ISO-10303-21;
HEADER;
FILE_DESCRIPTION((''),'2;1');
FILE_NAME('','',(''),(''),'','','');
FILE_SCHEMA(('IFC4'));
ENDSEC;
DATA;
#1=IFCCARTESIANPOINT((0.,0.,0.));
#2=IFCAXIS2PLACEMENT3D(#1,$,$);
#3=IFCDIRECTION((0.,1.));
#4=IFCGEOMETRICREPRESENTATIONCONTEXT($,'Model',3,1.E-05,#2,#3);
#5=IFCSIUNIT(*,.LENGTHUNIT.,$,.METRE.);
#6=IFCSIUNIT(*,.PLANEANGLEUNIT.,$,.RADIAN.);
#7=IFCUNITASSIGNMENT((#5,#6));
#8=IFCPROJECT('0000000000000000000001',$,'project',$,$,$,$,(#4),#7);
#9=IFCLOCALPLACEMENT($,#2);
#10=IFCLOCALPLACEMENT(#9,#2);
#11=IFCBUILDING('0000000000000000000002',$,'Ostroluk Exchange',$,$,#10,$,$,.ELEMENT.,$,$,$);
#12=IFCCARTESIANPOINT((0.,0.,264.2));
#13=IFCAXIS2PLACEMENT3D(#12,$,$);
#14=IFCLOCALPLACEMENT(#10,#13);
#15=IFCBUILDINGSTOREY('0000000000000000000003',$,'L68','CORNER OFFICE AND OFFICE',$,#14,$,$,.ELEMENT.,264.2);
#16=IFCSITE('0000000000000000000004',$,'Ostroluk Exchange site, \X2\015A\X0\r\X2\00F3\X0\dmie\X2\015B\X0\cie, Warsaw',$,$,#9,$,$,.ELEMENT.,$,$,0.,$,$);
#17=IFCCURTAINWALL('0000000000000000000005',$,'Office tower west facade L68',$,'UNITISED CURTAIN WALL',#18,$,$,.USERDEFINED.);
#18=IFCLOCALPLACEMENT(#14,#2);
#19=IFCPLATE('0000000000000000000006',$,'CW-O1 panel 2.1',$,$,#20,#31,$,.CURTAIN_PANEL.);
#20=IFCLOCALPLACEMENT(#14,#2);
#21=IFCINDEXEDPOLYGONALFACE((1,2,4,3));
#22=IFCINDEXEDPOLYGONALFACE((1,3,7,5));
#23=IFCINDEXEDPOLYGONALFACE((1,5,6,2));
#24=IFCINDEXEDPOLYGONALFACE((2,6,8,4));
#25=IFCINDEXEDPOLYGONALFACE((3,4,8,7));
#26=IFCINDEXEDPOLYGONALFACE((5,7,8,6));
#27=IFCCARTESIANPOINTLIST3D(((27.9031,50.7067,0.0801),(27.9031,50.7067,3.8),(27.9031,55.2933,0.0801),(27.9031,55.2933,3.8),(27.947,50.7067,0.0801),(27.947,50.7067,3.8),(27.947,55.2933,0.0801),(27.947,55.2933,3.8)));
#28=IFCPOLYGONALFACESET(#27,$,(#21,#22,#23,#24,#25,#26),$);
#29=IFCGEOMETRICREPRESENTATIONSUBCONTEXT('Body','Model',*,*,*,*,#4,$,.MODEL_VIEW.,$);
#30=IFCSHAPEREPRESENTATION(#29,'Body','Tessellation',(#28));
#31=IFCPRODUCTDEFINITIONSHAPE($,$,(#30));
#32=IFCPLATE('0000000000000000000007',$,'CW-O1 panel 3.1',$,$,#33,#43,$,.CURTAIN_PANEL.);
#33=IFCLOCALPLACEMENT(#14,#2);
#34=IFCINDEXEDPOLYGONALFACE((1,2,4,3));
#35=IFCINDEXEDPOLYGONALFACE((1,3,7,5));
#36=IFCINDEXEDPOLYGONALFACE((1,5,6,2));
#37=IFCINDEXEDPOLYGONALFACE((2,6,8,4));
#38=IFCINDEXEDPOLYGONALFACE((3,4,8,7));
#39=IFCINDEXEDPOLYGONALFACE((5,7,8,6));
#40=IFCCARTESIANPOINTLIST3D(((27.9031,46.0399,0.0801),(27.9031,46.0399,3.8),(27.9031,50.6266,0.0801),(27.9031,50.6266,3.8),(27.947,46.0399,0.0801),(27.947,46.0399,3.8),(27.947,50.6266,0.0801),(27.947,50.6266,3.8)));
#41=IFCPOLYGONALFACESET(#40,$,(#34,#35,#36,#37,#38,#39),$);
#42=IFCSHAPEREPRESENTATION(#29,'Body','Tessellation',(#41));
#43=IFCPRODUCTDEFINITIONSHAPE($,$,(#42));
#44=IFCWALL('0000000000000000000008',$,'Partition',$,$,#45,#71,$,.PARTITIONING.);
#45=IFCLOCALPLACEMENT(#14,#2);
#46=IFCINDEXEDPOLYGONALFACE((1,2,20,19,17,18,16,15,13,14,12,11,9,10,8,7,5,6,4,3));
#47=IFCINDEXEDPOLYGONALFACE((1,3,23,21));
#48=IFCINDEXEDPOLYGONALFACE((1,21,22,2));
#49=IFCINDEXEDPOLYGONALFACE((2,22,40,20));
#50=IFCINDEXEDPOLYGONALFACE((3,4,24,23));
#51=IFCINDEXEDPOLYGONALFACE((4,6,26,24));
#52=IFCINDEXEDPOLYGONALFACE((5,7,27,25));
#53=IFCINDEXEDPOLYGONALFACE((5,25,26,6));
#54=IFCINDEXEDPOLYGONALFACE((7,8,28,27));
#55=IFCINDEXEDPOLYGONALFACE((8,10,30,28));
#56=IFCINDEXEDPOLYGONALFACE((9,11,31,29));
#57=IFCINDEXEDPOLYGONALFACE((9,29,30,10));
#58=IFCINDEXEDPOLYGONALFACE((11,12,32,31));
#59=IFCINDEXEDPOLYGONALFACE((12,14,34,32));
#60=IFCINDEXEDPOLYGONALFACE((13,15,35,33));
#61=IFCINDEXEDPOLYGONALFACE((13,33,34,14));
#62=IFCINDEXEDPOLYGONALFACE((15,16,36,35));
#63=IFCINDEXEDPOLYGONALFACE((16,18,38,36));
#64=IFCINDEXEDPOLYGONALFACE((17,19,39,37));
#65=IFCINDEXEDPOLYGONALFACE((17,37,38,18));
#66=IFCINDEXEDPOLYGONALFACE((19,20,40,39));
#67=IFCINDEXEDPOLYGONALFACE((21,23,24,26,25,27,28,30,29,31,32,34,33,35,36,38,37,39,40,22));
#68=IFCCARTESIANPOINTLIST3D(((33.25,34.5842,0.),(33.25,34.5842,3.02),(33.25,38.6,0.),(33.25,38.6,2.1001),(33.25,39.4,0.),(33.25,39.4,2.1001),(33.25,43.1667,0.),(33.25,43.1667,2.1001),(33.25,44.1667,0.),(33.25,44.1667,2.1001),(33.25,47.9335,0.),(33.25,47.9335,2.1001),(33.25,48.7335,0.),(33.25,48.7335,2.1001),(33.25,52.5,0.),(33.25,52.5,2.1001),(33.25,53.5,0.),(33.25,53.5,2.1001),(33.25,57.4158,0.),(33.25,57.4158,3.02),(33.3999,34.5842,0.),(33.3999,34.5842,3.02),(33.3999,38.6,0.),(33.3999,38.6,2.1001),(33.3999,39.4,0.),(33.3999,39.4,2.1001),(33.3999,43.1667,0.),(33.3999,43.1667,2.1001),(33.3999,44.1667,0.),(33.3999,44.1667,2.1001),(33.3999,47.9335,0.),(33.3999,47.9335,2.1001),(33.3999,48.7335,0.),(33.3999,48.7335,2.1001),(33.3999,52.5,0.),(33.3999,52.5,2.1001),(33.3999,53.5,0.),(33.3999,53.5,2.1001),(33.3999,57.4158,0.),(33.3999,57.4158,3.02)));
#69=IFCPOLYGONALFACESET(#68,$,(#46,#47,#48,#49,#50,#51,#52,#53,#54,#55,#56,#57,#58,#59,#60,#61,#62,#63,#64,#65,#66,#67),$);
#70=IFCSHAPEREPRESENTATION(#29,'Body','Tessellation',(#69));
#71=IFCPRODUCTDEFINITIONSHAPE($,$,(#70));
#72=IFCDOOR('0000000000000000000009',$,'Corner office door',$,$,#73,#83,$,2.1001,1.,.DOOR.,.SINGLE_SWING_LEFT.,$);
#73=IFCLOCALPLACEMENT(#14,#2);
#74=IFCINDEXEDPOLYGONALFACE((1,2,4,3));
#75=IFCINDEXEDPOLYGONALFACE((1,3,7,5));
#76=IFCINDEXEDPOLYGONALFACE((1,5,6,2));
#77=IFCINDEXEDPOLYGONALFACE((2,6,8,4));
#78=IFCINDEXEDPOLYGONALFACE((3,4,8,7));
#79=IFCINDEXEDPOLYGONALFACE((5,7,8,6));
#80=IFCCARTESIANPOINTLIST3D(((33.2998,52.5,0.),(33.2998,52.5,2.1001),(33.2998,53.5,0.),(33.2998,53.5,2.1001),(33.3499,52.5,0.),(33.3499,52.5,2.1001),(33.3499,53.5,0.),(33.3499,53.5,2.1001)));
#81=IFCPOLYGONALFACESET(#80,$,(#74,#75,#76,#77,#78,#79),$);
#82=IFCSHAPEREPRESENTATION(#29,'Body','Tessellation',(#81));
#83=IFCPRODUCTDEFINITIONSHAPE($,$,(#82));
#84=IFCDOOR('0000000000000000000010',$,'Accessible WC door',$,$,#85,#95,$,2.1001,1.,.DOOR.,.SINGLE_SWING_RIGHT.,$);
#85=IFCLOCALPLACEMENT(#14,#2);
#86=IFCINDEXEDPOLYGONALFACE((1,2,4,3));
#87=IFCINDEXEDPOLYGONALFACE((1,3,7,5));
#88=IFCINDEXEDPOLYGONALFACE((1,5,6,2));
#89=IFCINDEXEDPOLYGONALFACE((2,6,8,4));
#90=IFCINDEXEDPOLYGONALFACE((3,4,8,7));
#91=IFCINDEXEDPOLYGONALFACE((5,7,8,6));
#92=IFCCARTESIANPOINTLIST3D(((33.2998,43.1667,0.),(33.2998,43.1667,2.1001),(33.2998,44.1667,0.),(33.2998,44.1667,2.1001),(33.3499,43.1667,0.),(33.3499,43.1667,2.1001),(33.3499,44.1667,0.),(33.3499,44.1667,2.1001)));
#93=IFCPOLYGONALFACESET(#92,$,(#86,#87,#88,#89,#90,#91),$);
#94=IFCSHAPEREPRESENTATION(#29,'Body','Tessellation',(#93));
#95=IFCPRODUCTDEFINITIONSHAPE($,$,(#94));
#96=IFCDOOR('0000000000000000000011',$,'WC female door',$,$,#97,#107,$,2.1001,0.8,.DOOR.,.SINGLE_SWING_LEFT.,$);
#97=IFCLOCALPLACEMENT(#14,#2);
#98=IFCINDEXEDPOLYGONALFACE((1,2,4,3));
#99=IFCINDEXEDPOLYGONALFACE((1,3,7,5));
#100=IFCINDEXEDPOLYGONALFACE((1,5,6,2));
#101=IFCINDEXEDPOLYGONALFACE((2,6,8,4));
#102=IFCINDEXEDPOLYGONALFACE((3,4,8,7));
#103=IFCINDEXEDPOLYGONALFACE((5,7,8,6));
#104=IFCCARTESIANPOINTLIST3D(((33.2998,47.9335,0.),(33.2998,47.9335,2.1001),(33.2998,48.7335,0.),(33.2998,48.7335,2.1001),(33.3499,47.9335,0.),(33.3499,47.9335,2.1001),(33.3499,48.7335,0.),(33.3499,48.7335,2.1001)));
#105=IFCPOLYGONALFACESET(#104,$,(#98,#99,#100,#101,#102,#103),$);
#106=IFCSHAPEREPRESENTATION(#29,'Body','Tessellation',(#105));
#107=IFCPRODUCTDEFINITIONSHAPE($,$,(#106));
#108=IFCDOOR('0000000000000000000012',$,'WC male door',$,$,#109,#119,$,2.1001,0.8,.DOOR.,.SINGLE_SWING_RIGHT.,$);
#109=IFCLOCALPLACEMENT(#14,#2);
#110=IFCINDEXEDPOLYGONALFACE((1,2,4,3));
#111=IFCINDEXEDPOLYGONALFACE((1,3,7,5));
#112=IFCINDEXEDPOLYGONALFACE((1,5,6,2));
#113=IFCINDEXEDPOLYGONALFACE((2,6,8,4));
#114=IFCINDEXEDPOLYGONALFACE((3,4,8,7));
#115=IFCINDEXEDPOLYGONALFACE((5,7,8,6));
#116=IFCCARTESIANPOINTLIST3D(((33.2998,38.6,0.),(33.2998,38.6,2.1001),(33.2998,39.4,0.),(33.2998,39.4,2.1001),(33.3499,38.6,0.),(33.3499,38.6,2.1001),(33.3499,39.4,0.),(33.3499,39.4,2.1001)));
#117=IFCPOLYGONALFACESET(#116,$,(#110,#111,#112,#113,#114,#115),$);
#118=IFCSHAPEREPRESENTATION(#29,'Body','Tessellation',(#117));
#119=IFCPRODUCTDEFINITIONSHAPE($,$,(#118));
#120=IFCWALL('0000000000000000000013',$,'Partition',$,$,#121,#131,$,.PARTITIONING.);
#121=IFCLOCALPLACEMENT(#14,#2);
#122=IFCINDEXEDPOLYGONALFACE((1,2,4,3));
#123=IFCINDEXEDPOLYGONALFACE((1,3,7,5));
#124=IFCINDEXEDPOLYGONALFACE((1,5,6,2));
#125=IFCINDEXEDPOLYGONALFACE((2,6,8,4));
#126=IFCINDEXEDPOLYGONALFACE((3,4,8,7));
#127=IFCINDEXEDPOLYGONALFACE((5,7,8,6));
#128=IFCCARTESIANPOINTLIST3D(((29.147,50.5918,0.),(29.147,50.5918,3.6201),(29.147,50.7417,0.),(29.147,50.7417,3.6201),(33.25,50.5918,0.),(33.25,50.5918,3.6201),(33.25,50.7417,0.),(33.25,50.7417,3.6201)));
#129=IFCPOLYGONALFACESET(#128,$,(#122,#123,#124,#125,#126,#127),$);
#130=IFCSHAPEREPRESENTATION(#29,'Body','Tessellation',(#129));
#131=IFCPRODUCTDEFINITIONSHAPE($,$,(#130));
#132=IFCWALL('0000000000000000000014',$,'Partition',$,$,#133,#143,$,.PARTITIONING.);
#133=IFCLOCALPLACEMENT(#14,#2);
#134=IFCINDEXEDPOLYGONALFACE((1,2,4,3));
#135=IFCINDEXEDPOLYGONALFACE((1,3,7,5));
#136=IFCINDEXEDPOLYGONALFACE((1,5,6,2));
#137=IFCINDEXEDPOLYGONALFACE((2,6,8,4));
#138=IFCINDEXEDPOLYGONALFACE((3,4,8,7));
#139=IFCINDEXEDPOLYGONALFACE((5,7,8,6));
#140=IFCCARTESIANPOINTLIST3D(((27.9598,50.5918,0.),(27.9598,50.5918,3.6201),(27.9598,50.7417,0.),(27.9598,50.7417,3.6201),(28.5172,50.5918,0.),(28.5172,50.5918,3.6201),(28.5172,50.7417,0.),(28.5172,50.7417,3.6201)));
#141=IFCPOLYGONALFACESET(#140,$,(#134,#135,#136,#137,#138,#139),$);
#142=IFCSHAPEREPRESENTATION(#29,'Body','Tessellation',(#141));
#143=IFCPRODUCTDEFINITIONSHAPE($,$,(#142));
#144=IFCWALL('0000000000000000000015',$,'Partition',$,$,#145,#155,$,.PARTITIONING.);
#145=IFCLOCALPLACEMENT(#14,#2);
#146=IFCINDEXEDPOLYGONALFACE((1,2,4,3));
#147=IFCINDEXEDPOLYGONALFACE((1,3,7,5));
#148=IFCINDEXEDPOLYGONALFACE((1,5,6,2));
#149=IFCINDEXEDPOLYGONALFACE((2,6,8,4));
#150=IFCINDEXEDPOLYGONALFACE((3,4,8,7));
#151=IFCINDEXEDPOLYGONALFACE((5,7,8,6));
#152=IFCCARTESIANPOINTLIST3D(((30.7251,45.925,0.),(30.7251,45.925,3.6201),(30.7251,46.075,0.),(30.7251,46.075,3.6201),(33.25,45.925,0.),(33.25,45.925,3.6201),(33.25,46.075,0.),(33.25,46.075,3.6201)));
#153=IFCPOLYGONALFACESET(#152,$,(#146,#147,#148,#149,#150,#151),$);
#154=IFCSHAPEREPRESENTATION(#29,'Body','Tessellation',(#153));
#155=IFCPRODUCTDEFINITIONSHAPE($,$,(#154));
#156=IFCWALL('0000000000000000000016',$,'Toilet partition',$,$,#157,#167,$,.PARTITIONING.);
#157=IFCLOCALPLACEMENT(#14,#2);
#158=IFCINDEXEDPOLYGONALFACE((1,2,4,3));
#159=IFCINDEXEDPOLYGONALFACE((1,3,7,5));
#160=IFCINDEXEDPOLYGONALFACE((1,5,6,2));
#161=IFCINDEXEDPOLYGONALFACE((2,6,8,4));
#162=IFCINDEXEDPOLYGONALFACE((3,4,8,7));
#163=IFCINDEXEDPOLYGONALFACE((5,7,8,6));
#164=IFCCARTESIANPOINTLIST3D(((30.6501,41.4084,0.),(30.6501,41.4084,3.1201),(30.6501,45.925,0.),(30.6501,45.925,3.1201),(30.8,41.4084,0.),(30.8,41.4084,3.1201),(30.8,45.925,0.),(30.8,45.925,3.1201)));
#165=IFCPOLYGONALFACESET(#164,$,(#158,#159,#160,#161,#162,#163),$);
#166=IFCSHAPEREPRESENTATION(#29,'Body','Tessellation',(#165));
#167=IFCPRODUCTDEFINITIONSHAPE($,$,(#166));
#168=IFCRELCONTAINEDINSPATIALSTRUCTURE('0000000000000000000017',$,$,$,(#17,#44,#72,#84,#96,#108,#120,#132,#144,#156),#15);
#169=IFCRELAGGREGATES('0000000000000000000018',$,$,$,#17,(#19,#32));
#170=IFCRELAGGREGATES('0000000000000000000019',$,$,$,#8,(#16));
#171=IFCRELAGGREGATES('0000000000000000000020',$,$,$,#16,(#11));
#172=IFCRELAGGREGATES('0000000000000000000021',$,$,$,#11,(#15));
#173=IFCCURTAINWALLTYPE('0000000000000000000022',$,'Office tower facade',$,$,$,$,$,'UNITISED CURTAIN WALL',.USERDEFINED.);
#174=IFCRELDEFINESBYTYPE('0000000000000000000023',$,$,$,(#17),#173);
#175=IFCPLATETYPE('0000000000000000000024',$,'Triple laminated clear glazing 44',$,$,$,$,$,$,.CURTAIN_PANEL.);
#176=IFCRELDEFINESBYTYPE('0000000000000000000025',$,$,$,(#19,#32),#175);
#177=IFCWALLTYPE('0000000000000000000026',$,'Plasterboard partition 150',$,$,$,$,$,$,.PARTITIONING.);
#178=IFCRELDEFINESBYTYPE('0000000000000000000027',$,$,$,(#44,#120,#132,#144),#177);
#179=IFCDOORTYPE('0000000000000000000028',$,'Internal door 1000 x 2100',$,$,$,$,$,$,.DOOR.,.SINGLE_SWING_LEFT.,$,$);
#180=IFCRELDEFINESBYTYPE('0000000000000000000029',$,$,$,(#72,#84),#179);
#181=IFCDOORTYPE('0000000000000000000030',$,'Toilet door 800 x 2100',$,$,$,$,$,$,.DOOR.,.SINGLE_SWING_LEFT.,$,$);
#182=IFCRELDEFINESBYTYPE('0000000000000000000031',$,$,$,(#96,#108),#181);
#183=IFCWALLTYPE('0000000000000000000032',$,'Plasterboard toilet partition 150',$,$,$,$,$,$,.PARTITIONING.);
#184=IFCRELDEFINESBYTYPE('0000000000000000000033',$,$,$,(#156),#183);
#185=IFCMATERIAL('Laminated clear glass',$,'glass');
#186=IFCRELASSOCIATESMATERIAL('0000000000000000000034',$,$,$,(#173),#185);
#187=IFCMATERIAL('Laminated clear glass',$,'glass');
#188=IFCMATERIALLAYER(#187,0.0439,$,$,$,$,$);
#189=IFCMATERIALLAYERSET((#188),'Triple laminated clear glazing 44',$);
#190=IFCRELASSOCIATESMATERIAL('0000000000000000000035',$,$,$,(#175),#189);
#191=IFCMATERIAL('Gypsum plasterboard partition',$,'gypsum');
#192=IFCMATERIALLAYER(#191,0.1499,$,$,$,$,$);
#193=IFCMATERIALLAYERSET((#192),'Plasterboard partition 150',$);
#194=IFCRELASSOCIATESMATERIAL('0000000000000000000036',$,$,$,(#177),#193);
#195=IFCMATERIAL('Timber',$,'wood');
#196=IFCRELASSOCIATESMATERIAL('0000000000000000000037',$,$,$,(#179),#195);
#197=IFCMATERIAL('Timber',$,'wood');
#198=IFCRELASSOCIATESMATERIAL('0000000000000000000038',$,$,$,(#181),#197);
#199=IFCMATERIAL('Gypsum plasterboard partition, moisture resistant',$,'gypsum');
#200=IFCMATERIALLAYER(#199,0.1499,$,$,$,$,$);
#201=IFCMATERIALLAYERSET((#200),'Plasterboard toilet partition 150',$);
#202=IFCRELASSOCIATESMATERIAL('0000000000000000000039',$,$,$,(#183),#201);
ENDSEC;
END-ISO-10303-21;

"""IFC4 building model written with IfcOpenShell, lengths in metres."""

from ifc_helpers import new_model, si_unit, direction, frame, frame_2d, origin, origin_2d, place, context, subcontext, project, spatial, rectangle, extrude, material, layer, layer_set, type_object, element, fill, aggregate, save


model = new_model("IFC4")

# Units and contexts
model_context = context("Model", 3, precision=1e-05, world=origin(), true_north=direction((0.0, 1.0)))
body_context = subcontext(model_context, "Body", "Model", "MODEL_VIEW")
ifc_project = project(units=[si_unit("LENGTHUNIT", "METRE"), si_unit("PLANEANGLEUNIT", "RADIAN")], contexts=[model_context])

# Site, building, storey
site_placement = place(None, origin())
site = spatial("IfcSite", under=ifc_project, at=site_placement, Name="Ostroluk Exchange site, Śródmieście, Warsaw", CompositionType="ELEMENT", RefElevation=0.0)
building_placement = place(site_placement, origin())
building = spatial("IfcBuilding", under=site, at=building_placement, Name="Ostroluk Exchange", CompositionType="ELEMENT")
storey_placement = place(building_placement, frame((0.0, 0.0, 264.2)))
storey = spatial("IfcBuildingStorey", under=building, at=storey_placement, Name="L68", Description="CORNER OFFICE AND OFFICE", CompositionType="ELEMENT", Elevation=264.2)

# Curtain wall, plates
ifc_material_1 = material(Name="Laminated clear glass", Category="glass")
curtain_wall_type = type_object("IfcCurtainWallType", Name="Office tower facade", ElementType="UNITISED CURTAIN WALL", PredefinedType="USERDEFINED", material=ifc_material_1)
curtain_wall_placement = place(storey_placement, origin())
curtain_wall = element("IfcCurtainWall", 1, at=curtain_wall_placement, inside=storey, type_object=curtain_wall_type, Name="Office tower west facade L68", ObjectType="UNITISED CURTAIN WALL", PredefinedType="USERDEFINED")
ifc_material_2 = material(Name="Laminated clear glass", Category="glass")
ifc_layer_1 = layer(ifc_material_2, 0.0439)
ifc_layer_set_1 = layer_set([ifc_layer_1], Name="Triple laminated clear glazing 44")
plate_type = type_object("IfcPlateType", Name="Triple laminated clear glazing 44", PredefinedType="CURTAIN_PANEL", material=ifc_layer_set_1)
plate_1_placement = place(storey_placement, frame((27.925, 53.0, 0.0801), z_axis=(0.0, 0.0, 1.0), x_axis=(0.0, -1.0, 0.0)))
plate_1 = element("IfcPlate", 2, at=plate_1_placement, type_object=plate_type, Name="CW-O1 panel 2.1", PredefinedType="CURTAIN_PANEL", context=body_context, shape_type="SweptSolid", body=[
    extrude(rectangle(XDim=4.5867, YDim=0.0439, at=origin_2d()), origin(), (0.0, 0.0, 1.0), 3.72),
])
plate_2_placement = place(storey_placement, frame((27.925, 48.3333, 0.0801), z_axis=(0.0, 0.0, 1.0), x_axis=(0.0, -1.0, 0.0)))
plate_2 = element("IfcPlate", 3, at=plate_2_placement, type_object=plate_type, Name="CW-O1 panel 3.1", PredefinedType="CURTAIN_PANEL", context=body_context, shape_type="SweptSolid", body=[
    extrude(rectangle(XDim=4.5867, YDim=0.0439, at=origin_2d()), origin(), (0.0, 0.0, 1.0), 3.72),
])
aggregate(curtain_wall, [plate_1, plate_2])

# Wall, openings, doors
ifc_material_3 = material(Name="Gypsum plasterboard partition", Category="gypsum")
ifc_layer_2 = layer(ifc_material_3, 0.1499)
ifc_layer_set_2 = layer_set([ifc_layer_2], Name="Plasterboard partition 150")
wall_type_1 = type_object("IfcWallType", Name="Plasterboard partition 150", PredefinedType="PARTITIONING", material=ifc_layer_set_2)
wall_1_placement = place(storey_placement, frame((33.325, 57.4158, 0.0), z_axis=(0.0, 0.0, 1.0), x_axis=(0.0, -1.0, 0.0)))
wall_1 = element("IfcWall", 4, at=wall_1_placement, inside=storey, type_object=wall_type_1, Name="Partition", PredefinedType="PARTITIONING", context=body_context, shape_type="SweptSolid", body=[
    extrude(rectangle(XDim=22.8315, YDim=0.1499, at=frame_2d((11.4158, 0.0))), origin(), (0.0, 0.0, 1.0), 3.02),
])
opening_1_placement = place(wall_1_placement, frame((3.9158, 0.0, 0.0)))
opening_1 = element("IfcOpeningElement", 5, at=opening_1_placement, cuts=wall_1, PredefinedType="OPENING", context=body_context, shape_type="SweptSolid", body=[
    extrude(rectangle(XDim=1.0, YDim=2.1001, at=frame_2d((0.5, 1.05))), frame((0.0, 0.085, 0.0), z_axis=(0.0, -1.0, 0.0), x_axis=(1.0, 0.0, 0.0)), (0.0, 0.0, 1.0), 0.1699),
])
opening_2_placement = place(wall_1_placement, frame((8.6824, 0.0, 0.0)))
opening_2 = element("IfcOpeningElement", 6, at=opening_2_placement, cuts=wall_1, PredefinedType="OPENING", context=body_context, shape_type="SweptSolid", body=[
    extrude(rectangle(XDim=0.8, YDim=2.1001, at=frame_2d((0.3999, 1.05))), frame((0.0, 0.085, 0.0), z_axis=(0.0, -1.0, 0.0), x_axis=(1.0, 0.0, 0.0)), (0.0, 0.0, 1.0), 0.1699),
])
opening_3_placement = place(wall_1_placement, frame((13.249, 0.0, 0.0)))
opening_3 = element("IfcOpeningElement", 7, at=opening_3_placement, cuts=wall_1, PredefinedType="OPENING", context=body_context, shape_type="SweptSolid", body=[
    extrude(rectangle(XDim=1.0, YDim=2.1001, at=frame_2d((0.5, 1.05))), frame((0.0, 0.085, 0.0), z_axis=(0.0, -1.0, 0.0), x_axis=(1.0, 0.0, 0.0)), (0.0, 0.0, 1.0), 0.1699),
])
opening_4_placement = place(wall_1_placement, frame((18.0159, 0.0, 0.0)))
opening_4 = element("IfcOpeningElement", 8, at=opening_4_placement, cuts=wall_1, PredefinedType="OPENING", context=body_context, shape_type="SweptSolid", body=[
    extrude(rectangle(XDim=0.8, YDim=2.1001, at=frame_2d((0.3999, 1.05))), frame((0.0, 0.085, 0.0), z_axis=(0.0, -1.0, 0.0), x_axis=(1.0, 0.0, 0.0)), (0.0, 0.0, 1.0), 0.1699),
])
ifc_material_4 = material(Name="Timber", Category="wood")
door_type_1 = type_object("IfcDoorType", Name="Internal door 1000 x 2100", OperationType="SINGLE_SWING_LEFT", PredefinedType="DOOR", material=ifc_material_4)
door_1_placement = place(opening_1_placement, origin())
door_1 = element("IfcDoor", 9, at=door_1_placement, inside=storey, type_object=door_type_1, Name="Corner office door", OperationType="SINGLE_SWING_LEFT", OverallHeight=2.1001, OverallWidth=1.0, PredefinedType="DOOR", context=body_context, shape_type="SweptSolid", body=[
    extrude(rectangle(XDim=1.0, YDim=2.1001, at=frame_2d((0.5, 1.05))), frame((0.0, 0.0249, 0.0), z_axis=(0.0, -1.0, 0.0), x_axis=(1.0, 0.0, 0.0)), (0.0, 0.0, 1.0), 0.05),
])
fill(opening_1, door_1)
door_2_placement = place(opening_3_placement, origin())
door_2 = element("IfcDoor", 10, at=door_2_placement, inside=storey, type_object=door_type_1, Name="Accessible WC door", OperationType="SINGLE_SWING_RIGHT", OverallHeight=2.1001, OverallWidth=1.0, PredefinedType="DOOR", context=body_context, shape_type="SweptSolid", body=[
    extrude(rectangle(XDim=1.0, YDim=2.1001, at=frame_2d((0.5, 1.05))), frame((0.0, 0.0249, 0.0), z_axis=(0.0, -1.0, 0.0), x_axis=(1.0, 0.0, 0.0)), (0.0, 0.0, 1.0), 0.05),
])
fill(opening_3, door_2)
ifc_material_5 = material(Name="Timber", Category="wood")
door_type_2 = type_object("IfcDoorType", Name="Toilet door 800 x 2100", OperationType="SINGLE_SWING_LEFT", PredefinedType="DOOR", material=ifc_material_5)
door_3_placement = place(opening_2_placement, origin())
door_3 = element("IfcDoor", 11, at=door_3_placement, inside=storey, type_object=door_type_2, Name="WC female door", OperationType="SINGLE_SWING_LEFT", OverallHeight=2.1001, OverallWidth=0.8, PredefinedType="DOOR", context=body_context, shape_type="SweptSolid", body=[
    extrude(rectangle(XDim=0.8, YDim=2.1001, at=frame_2d((0.3999, 1.05))), frame((0.0, 0.0249, 0.0), z_axis=(0.0, -1.0, 0.0), x_axis=(1.0, 0.0, 0.0)), (0.0, 0.0, 1.0), 0.05),
])
fill(opening_2, door_3)
door_4_placement = place(opening_4_placement, origin())
door_4 = element("IfcDoor", 12, at=door_4_placement, inside=storey, type_object=door_type_2, Name="WC male door", OperationType="SINGLE_SWING_RIGHT", OverallHeight=2.1001, OverallWidth=0.8, PredefinedType="DOOR", context=body_context, shape_type="SweptSolid", body=[
    extrude(rectangle(XDim=0.8, YDim=2.1001, at=frame_2d((0.3999, 1.05))), frame((0.0, 0.0249, 0.0), z_axis=(0.0, -1.0, 0.0), x_axis=(1.0, 0.0, 0.0)), (0.0, 0.0, 1.0), 0.05),
])
fill(opening_4, door_4)

# Walls
wall_2_placement = place(storey_placement, frame((33.25, 50.6667, 0.0), z_axis=(0.0, 0.0, 1.0), x_axis=(-1.0, 0.0, 0.0)))
element("IfcWall", 13, at=wall_2_placement, inside=storey, type_object=wall_type_1, Name="Partition", PredefinedType="PARTITIONING", context=body_context, shape_type="SweptSolid", body=[
    extrude(rectangle(XDim=4.103, YDim=0.1499, at=frame_2d((2.0515, 0.0))), origin(), (0.0, 0.0, 1.0), 3.6201),
])
wall_3_placement = place(storey_placement, frame((28.5173, 50.6667, 0.0), z_axis=(0.0, 0.0, 1.0), x_axis=(-1.0, 0.0, 0.0)))
element("IfcWall", 14, at=wall_3_placement, inside=storey, type_object=wall_type_1, Name="Partition", PredefinedType="PARTITIONING", context=body_context, shape_type="SweptSolid", body=[
    extrude(rectangle(XDim=0.5574, YDim=0.1499, at=frame_2d((0.2788, 0.0))), origin(), (0.0, 0.0, 1.0), 3.6201),
])
wall_4_placement = place(storey_placement, frame((33.25, 46.0, 0.0), z_axis=(0.0, 0.0, 1.0), x_axis=(-1.0, 0.0, 0.0)))
element("IfcWall", 15, at=wall_4_placement, inside=storey, type_object=wall_type_1, Name="Partition", PredefinedType="PARTITIONING", context=body_context, shape_type="SweptSolid", body=[
    extrude(rectangle(XDim=2.5249, YDim=0.1499, at=frame_2d((1.2625, 0.0))), origin(), (0.0, 0.0, 1.0), 3.6201),
])
ifc_material_6 = material(Name="Gypsum plasterboard partition, moisture resistant", Category="gypsum")
ifc_layer_3 = layer(ifc_material_6, 0.1499)
ifc_layer_set_3 = layer_set([ifc_layer_3], Name="Plasterboard toilet partition 150")
wall_type_2 = type_object("IfcWallType", Name="Plasterboard toilet partition 150", PredefinedType="PARTITIONING", material=ifc_layer_set_3)
wall_5_placement = place(storey_placement, frame((30.7251, 45.925, 0.0), z_axis=(0.0, 0.0, 1.0), x_axis=(0.0, -1.0, 0.0)))
element("IfcWall", 16, at=wall_5_placement, inside=storey, type_object=wall_type_2, Name="Toilet partition", PredefinedType="PARTITIONING", context=body_context, shape_type="SweptSolid", body=[
    extrude(rectangle(XDim=4.5166, YDim=0.1499, at=frame_2d((2.2583, 0.0))), origin(), (0.0, 0.0, 1.0), 3.1201),
])

save(model, "model.ifc")
